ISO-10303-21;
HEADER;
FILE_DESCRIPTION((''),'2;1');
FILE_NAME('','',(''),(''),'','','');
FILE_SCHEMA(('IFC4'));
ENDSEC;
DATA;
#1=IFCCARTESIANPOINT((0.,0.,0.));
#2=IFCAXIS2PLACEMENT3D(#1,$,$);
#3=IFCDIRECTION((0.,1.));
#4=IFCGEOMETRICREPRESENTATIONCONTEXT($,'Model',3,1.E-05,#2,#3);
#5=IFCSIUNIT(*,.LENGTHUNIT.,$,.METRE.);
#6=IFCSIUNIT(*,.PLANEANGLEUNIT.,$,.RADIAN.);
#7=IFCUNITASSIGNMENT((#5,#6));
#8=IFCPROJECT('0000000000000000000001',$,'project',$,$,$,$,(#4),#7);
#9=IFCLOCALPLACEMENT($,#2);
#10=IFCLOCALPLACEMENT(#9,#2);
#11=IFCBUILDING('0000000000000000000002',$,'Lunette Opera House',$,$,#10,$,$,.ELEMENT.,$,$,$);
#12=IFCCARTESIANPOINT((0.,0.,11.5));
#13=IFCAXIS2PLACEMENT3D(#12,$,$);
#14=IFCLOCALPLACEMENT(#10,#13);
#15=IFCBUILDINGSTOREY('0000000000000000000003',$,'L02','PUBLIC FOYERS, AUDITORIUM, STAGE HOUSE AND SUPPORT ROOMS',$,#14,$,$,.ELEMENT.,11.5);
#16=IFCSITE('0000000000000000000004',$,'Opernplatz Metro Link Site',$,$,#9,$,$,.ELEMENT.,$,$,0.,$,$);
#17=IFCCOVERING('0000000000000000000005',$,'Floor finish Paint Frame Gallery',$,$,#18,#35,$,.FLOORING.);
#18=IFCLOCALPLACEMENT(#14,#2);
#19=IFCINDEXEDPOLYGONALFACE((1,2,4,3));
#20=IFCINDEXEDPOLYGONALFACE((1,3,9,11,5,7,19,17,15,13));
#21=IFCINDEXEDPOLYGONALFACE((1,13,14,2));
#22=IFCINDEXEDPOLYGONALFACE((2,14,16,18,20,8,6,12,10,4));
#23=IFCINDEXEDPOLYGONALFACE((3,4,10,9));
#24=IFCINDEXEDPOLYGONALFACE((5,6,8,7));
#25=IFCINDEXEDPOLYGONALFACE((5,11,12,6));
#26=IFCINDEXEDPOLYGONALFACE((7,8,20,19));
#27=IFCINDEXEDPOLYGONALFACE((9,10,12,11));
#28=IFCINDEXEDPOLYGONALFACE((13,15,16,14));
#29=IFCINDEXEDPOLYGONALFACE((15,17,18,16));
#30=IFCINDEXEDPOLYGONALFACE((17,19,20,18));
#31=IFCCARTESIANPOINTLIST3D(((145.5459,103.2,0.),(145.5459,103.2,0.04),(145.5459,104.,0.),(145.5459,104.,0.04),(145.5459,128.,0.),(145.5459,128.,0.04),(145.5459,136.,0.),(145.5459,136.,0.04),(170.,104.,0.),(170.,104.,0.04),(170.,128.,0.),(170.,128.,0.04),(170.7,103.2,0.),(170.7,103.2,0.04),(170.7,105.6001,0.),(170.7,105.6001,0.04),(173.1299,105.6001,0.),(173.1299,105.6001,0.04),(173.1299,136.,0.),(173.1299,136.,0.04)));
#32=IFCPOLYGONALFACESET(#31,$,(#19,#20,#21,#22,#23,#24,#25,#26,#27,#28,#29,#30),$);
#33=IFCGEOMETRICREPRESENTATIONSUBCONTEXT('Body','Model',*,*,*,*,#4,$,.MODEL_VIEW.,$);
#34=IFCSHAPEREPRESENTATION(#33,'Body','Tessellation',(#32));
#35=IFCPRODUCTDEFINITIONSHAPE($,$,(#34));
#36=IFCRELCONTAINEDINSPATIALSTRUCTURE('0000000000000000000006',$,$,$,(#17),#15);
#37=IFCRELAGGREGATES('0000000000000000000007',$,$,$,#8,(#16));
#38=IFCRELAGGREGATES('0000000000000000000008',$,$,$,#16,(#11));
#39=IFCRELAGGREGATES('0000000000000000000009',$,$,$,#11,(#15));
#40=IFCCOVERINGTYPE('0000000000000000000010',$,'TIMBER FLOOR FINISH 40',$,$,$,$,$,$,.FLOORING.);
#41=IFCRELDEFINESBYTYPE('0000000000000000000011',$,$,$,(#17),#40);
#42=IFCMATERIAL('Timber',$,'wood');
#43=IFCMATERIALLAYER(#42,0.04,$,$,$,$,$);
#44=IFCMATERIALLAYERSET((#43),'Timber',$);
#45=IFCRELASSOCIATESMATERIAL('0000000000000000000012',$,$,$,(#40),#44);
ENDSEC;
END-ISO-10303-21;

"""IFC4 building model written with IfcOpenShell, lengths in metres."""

from ifc_helpers import new_model, si_unit, direction, frame, origin, place, context, subcontext, project, spatial, polyline, outline, extrude, material, layer, layer_set, type_object, element, save


model = new_model("IFC4")

# Units and contexts
model_context = context("Model", 3, precision=1e-05, world=origin(), true_north=direction((0.0, 1.0)))
body_context = subcontext(model_context, "Body", "Model", "MODEL_VIEW")
ifc_project = project(units=[si_unit("LENGTHUNIT", "METRE"), si_unit("PLANEANGLEUNIT", "RADIAN")], contexts=[model_context])

# Site, building, storey
site_placement = place(None, origin())
site = spatial("IfcSite", under=ifc_project, at=site_placement, Name="Opernplatz Metro Link Site", CompositionType="ELEMENT", RefElevation=0.0)
building_placement = place(site_placement, origin())
building = spatial("IfcBuilding", under=site, at=building_placement, Name="Lunette Opera House", CompositionType="ELEMENT")
storey_placement = place(building_placement, frame((0.0, 0.0, 11.5)))
storey = spatial("IfcBuildingStorey", under=building, at=storey_placement, Name="L02", Description="PUBLIC FOYERS, AUDITORIUM, STAGE HOUSE AND SUPPORT ROOMS", CompositionType="ELEMENT", Elevation=11.5)

# Covering
ifc_material_1 = material(Name="Timber", Category="wood")
ifc_layer_1 = layer(ifc_material_1, 0.04)
ifc_layer_set_1 = layer_set([ifc_layer_1], Name="Timber")
covering_type_1 = type_object("IfcCoveringType", Name="TIMBER FLOOR FINISH 40", PredefinedType="FLOORING", material=ifc_layer_set_1)
covering_1_placement = place(storey_placement, origin())
element("IfcCovering", 1, at=covering_1_placement, inside=storey, type_object=covering_type_1, Name="Floor finish Paint Frame Gallery", PredefinedType="FLOORING", context=body_context, shape_type="SweptSolid", body=[
    extrude(outline(polyline([(170.7, 105.6001), (170.7, 103.2), (145.5459, 103.2), (145.5459, 104.0), (170.0, 104.0), (170.0, 128.0), (145.5459, 128.0), (145.5459, 136.0), (173.1299, 136.0), (173.1299, 105.6001), (170.7, 105.6001)])), origin(), (0.0, 0.0, 1.0), 0.04),
])

save(model, "model.ifc")
